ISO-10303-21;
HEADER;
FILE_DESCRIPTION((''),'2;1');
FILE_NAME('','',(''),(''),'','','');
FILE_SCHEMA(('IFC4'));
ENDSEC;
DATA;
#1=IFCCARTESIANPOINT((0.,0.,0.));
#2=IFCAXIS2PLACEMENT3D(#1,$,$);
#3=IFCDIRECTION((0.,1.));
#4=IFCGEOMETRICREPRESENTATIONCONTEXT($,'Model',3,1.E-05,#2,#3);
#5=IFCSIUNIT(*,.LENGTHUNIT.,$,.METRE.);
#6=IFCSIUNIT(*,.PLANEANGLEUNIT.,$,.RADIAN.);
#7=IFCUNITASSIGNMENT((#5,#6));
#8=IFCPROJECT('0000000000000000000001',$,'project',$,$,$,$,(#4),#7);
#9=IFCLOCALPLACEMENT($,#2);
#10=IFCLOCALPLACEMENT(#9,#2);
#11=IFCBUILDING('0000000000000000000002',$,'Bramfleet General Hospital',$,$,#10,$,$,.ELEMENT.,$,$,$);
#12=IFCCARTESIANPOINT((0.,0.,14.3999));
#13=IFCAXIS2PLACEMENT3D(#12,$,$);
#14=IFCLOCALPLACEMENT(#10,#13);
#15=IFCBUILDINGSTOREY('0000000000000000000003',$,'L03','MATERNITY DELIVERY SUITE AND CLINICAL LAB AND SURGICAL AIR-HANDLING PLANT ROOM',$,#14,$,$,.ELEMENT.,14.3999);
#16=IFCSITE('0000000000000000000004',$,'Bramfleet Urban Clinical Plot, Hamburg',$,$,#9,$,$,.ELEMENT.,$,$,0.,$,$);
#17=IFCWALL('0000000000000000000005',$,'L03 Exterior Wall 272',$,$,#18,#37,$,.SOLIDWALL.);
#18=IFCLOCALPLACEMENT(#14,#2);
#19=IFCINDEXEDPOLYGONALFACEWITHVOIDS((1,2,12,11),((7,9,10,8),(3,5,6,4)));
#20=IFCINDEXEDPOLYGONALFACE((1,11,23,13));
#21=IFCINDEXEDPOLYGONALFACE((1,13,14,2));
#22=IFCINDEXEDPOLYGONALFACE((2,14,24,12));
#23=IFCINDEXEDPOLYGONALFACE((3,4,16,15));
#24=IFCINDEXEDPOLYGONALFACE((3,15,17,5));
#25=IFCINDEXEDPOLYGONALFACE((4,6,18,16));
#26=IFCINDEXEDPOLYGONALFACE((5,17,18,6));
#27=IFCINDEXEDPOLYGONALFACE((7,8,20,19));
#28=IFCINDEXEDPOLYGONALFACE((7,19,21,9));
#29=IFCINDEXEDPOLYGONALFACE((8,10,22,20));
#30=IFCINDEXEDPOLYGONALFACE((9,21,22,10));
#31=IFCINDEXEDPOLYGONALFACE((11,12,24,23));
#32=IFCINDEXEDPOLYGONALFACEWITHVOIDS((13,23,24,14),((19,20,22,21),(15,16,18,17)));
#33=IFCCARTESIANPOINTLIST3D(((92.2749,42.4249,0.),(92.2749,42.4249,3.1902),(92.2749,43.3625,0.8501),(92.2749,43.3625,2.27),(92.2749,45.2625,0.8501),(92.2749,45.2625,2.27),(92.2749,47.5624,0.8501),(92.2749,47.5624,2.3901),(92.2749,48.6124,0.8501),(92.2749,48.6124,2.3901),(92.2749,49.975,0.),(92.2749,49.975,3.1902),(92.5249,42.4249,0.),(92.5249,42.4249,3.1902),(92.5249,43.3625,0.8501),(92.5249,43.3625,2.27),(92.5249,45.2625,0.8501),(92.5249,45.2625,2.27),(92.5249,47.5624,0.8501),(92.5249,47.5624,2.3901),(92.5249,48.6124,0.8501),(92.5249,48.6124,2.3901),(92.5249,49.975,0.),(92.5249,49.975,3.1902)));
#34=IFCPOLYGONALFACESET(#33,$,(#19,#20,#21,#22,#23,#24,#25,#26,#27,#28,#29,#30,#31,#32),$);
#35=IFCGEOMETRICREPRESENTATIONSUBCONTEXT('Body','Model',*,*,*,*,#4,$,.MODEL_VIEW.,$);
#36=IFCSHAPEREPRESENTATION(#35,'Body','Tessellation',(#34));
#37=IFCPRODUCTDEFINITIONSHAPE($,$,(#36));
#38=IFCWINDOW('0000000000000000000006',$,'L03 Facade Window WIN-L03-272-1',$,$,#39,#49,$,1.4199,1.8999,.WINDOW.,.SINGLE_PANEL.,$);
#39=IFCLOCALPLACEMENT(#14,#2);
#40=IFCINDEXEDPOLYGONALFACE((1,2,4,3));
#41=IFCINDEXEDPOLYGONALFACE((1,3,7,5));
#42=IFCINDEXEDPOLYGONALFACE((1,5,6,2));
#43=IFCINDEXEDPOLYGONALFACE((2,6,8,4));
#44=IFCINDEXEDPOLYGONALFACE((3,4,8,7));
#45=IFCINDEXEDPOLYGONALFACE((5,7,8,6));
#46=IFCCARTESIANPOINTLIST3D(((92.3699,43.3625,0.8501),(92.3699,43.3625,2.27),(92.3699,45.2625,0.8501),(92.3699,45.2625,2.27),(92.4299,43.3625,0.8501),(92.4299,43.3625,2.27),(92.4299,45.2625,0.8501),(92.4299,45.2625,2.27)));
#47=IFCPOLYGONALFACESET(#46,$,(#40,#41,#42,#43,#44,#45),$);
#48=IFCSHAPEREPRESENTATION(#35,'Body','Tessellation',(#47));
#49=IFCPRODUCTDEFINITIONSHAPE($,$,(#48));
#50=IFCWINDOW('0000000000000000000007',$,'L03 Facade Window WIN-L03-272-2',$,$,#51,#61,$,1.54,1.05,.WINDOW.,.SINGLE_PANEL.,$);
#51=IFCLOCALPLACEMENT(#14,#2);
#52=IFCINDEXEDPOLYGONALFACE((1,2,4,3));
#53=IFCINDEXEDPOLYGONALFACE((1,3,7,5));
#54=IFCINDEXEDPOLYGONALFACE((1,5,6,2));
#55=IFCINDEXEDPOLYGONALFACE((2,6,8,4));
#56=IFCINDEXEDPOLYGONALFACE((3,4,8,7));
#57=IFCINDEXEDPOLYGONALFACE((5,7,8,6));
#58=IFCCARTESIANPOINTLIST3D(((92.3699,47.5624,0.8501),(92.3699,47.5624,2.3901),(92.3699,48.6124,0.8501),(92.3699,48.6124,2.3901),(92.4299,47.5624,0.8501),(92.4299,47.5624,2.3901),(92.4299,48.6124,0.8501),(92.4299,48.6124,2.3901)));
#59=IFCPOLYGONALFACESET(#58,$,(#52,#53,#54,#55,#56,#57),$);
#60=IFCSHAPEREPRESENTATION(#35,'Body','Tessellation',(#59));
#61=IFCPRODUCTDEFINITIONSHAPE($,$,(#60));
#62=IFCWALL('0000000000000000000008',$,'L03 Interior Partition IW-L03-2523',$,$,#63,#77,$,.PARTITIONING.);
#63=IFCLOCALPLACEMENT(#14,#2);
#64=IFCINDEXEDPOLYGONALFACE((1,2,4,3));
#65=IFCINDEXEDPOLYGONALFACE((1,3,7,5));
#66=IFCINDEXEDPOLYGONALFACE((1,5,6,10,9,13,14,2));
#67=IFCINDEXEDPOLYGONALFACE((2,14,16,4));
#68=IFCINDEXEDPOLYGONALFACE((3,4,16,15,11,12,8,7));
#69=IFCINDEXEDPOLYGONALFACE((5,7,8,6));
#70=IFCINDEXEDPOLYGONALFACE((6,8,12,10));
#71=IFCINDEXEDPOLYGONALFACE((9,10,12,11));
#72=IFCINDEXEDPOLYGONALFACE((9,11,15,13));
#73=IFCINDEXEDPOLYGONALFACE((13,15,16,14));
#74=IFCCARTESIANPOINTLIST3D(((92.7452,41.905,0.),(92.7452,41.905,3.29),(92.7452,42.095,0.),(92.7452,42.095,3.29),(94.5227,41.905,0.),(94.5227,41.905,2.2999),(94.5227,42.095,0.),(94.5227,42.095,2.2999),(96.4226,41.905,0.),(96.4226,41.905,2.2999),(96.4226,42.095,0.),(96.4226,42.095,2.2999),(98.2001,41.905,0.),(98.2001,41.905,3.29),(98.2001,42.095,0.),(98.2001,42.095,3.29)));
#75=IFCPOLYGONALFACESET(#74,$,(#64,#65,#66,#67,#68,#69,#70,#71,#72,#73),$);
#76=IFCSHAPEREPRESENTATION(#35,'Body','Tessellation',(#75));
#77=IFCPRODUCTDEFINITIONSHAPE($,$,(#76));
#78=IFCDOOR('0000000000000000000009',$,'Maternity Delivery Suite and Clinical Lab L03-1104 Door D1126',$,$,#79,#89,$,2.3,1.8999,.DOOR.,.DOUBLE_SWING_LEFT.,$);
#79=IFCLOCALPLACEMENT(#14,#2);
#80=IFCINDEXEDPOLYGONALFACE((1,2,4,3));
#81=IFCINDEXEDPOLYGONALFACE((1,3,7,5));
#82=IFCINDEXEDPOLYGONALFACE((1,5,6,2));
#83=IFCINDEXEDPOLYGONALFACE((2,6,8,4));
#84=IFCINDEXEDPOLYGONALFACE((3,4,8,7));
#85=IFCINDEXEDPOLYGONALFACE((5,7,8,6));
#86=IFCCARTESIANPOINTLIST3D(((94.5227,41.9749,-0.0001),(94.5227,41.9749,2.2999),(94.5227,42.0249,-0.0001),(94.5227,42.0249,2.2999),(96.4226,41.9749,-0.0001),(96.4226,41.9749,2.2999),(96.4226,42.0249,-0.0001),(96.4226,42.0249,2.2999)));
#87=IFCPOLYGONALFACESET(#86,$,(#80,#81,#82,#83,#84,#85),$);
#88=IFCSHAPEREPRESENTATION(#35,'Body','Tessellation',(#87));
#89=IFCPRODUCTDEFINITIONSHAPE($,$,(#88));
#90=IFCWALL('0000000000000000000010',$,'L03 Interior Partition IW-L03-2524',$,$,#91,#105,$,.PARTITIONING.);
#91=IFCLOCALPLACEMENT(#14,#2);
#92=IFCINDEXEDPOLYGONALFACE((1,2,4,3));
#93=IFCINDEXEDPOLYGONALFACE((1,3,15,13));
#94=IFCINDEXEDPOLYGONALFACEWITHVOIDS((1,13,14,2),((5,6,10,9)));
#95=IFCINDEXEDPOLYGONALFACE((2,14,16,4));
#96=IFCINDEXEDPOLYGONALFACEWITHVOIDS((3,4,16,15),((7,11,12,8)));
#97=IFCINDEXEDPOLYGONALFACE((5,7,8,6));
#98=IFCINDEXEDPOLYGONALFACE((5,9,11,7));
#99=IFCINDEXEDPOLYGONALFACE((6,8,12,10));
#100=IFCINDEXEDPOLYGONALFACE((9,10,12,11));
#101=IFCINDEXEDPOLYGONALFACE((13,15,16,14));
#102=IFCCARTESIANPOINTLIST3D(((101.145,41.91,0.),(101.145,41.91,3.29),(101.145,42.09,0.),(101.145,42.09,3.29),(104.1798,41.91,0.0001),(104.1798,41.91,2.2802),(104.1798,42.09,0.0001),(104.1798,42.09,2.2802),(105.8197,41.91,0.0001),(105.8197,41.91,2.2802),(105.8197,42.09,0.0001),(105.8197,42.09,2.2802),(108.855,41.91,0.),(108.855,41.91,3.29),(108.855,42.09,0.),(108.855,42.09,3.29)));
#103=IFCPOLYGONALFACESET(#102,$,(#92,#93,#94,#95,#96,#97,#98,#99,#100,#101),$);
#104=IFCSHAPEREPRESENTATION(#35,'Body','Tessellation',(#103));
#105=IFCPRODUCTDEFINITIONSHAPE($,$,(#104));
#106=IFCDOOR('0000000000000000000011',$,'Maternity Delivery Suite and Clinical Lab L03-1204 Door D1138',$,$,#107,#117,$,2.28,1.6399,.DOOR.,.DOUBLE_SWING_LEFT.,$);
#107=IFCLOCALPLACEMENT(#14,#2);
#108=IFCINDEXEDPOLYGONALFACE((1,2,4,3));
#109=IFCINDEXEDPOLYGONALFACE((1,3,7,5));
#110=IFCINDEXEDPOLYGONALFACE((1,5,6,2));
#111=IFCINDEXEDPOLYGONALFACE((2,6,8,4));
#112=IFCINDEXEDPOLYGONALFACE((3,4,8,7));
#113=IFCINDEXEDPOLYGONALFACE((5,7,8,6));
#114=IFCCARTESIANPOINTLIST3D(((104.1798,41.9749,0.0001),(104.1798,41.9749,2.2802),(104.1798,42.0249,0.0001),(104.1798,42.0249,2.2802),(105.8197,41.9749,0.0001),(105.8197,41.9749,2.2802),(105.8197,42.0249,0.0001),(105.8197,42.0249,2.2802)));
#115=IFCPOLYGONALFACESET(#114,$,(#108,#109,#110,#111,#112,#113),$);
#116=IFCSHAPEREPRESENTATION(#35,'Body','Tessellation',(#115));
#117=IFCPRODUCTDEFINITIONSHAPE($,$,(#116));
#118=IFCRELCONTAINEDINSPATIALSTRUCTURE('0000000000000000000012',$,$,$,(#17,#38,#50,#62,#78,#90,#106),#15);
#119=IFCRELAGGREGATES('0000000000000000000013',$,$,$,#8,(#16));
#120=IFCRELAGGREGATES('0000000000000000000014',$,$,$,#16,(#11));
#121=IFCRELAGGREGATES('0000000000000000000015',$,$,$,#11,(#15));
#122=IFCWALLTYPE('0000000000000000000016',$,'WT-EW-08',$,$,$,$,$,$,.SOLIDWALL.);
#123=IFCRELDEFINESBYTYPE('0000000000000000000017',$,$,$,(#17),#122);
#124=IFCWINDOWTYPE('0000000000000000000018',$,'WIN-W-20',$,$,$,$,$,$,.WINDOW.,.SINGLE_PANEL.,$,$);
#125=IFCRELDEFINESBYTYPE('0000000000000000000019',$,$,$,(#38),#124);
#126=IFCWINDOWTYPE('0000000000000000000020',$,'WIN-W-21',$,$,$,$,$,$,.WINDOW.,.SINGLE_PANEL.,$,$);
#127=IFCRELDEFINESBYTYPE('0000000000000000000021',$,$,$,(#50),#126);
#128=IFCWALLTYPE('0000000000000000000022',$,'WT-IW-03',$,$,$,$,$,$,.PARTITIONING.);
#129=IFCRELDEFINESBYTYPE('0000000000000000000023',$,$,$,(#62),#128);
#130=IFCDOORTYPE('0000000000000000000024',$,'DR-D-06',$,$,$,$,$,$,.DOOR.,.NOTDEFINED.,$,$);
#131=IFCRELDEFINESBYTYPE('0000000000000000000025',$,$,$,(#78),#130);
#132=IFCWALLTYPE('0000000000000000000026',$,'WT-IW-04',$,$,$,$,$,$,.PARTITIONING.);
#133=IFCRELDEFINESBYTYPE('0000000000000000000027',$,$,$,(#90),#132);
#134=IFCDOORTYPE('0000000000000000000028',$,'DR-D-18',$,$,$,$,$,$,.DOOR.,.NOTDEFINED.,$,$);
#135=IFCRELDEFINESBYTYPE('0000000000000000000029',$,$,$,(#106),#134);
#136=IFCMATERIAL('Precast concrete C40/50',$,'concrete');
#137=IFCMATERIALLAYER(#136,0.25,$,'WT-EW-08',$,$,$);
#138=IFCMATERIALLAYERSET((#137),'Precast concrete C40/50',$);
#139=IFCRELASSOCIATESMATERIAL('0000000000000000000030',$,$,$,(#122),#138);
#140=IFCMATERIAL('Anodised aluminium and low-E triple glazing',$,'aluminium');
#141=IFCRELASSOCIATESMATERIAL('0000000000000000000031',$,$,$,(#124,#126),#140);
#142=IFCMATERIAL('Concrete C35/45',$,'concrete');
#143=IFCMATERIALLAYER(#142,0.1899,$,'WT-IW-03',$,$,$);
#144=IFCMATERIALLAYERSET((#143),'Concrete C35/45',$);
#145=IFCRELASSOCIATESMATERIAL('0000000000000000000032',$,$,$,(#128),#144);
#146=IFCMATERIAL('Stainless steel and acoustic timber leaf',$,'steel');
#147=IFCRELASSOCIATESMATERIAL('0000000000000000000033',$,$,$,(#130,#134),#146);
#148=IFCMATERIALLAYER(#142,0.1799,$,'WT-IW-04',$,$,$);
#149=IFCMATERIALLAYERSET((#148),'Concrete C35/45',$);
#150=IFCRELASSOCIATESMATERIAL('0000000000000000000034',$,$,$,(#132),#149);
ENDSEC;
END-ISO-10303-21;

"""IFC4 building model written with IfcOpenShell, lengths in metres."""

from ifc_helpers import new_model, si_unit, direction, frame, frame_2d, origin, place, context, subcontext, project, spatial, rectangle, extrude, material, layer, layer_set, type_object, element, fill, save


model = new_model("IFC4")

# Units and contexts
model_context = context("Model", 3, precision=1e-05, world=origin(), true_north=direction((0.0, 1.0)))
body_context = subcontext(model_context, "Body", "Model", "MODEL_VIEW")
ifc_project = project(units=[si_unit("LENGTHUNIT", "METRE"), si_unit("PLANEANGLEUNIT", "RADIAN")], contexts=[model_context])

# Site, building, storey
site_placement = place(None, origin())
site = spatial("IfcSite", under=ifc_project, at=site_placement, Name="Bramfleet Urban Clinical Plot, Hamburg", CompositionType="ELEMENT", RefElevation=0.0)
building_placement = place(site_placement, origin())
building = spatial("IfcBuilding", under=site, at=building_placement, Name="Bramfleet General Hospital", CompositionType="ELEMENT")
storey_placement = place(building_placement, frame((0.0, 0.0, 14.3999)))
storey = spatial("IfcBuildingStorey", under=building, at=storey_placement, Name="L03", Description="MATERNITY DELIVERY SUITE AND CLINICAL LAB AND SURGICAL AIR-HANDLING PLANT ROOM", CompositionType="ELEMENT", Elevation=14.3999)

# Shared definitions
ifc_material_1 = material(Name="Concrete C35/45", Category="concrete")

# Shared definitions
ifc_material_2 = material(Name="Anodised aluminium and low-E triple glazing", Category="aluminium")

# Wall, openings, windows
ifc_material_3 = material(Name="Precast concrete C40/50", Category="concrete")
ifc_layer_1 = layer(ifc_material_3, 0.25, Name="WT-EW-08")
ifc_layer_set_1 = layer_set([ifc_layer_1], Name="Precast concrete C40/50")
wall_type_1 = type_object("IfcWallType", Name="WT-EW-08", PredefinedType="SOLIDWALL", material=ifc_layer_set_1)
wall_1_placement = place(storey_placement, frame((92.3999, 42.425, 0.0), z_axis=(0.0, 0.0, 1.0), x_axis=(0.0, 1.0, 0.0)))
wall_1 = element("IfcWall", 1, at=wall_1_placement, inside=storey, type_object=wall_type_1, Name="L03 Exterior Wall 272", PredefinedType="SOLIDWALL", context=body_context, shape_type="SweptSolid", body=[
    extrude(rectangle(XDim=7.55, YDim=0.25, at=frame_2d((3.7749, 0.0))), origin(), (0.0, 0.0, 1.0), 3.1902),
])
opening_1_placement = place(wall_1_placement, frame((0.9375, 0.0, 0.8501)))
opening_1 = element("IfcOpeningElement", 2, at=opening_1_placement, cuts=wall_1, PredefinedType="OPENING", context=body_context, shape_type="SweptSolid", body=[
    extrude(rectangle(XDim=1.8999, YDim=1.4199, at=frame_2d((0.95, 0.71))), frame((0.0, 0.135, 0.0), z_axis=(0.0, -1.0, 0.0), x_axis=(1.0, 0.0, 0.0)), (0.0, 0.0, 1.0), 0.27),
])
opening_2_placement = place(wall_1_placement, frame((5.1375, 0.0, 0.8501)))
opening_2 = element("IfcOpeningElement", 3, at=opening_2_placement, cuts=wall_1, PredefinedType="OPENING", context=body_context, shape_type="SweptSolid", body=[
    extrude(rectangle(XDim=1.05, YDim=1.54, at=frame_2d((0.5249, 0.77))), frame((0.0, 0.135, 0.0), z_axis=(0.0, -1.0, 0.0), x_axis=(1.0, 0.0, 0.0)), (0.0, 0.0, 1.0), 0.27),
])
window_type_1 = type_object("IfcWindowType", Name="WIN-W-20", PartitioningType="SINGLE_PANEL", PredefinedType="WINDOW", material=ifc_material_2)
window_1_placement = place(opening_1_placement, origin())
window_1 = element("IfcWindow", 4, at=window_1_placement, inside=storey, type_object=window_type_1, Name="L03 Facade Window WIN-L03-272-1", OverallHeight=1.4199, OverallWidth=1.8999, PartitioningType="SINGLE_PANEL", PredefinedType="WINDOW", context=body_context, shape_type="SweptSolid", body=[
    extrude(rectangle(XDim=1.8999, YDim=1.4199, at=frame_2d((0.95, 0.71))), frame((0.0, 0.03, 0.0), z_axis=(0.0, -1.0, 0.0), x_axis=(1.0, 0.0, 0.0)), (0.0, 0.0, 1.0), 0.0601),
])
fill(opening_1, window_1)
window_type_2 = type_object("IfcWindowType", Name="WIN-W-21", PartitioningType="SINGLE_PANEL", PredefinedType="WINDOW", material=ifc_material_2)
window_2_placement = place(opening_2_placement, origin())
window_2 = element("IfcWindow", 5, at=window_2_placement, inside=storey, type_object=window_type_2, Name="L03 Facade Window WIN-L03-272-2", OverallHeight=1.54, OverallWidth=1.05, PartitioningType="SINGLE_PANEL", PredefinedType="WINDOW", context=body_context, shape_type="SweptSolid", body=[
    extrude(rectangle(XDim=1.05, YDim=1.54, at=frame_2d((0.5249, 0.77))), frame((0.0, 0.03, 0.0), z_axis=(0.0, -1.0, 0.0), x_axis=(1.0, 0.0, 0.0)), (0.0, 0.0, 1.0), 0.0601),
])
fill(opening_2, window_2)

# Walls, openings, doors
ifc_layer_2 = layer(ifc_material_1, 0.1899, Name="WT-IW-03")
ifc_layer_set_2 = layer_set([ifc_layer_2], Name="Concrete C35/45")
wall_type_2 = type_object("IfcWallType", Name="WT-IW-03", PredefinedType="PARTITIONING", material=ifc_layer_set_2)
wall_2_placement = place(storey_placement, frame((92.7451, 42.0, 0.0), z_axis=(0.0, 0.0, 1.0), x_axis=(1.0, 0.0, 0.0)))
wall_2 = element("IfcWall", 6, at=wall_2_placement, inside=storey, type_object=wall_type_2, Name="L03 Interior Partition IW-L03-2523", PredefinedType="PARTITIONING", context=body_context, shape_type="SweptSolid", body=[
    extrude(rectangle(XDim=5.4548, YDim=0.1899, at=frame_2d((2.7275, 0.0))), origin(), (0.0, 0.0, 1.0), 3.29),
])
opening_3_placement = place(wall_2_placement, frame((1.7776, 0.0, 0.0)))
opening_3 = element("IfcOpeningElement", 7, at=opening_3_placement, cuts=wall_2, PredefinedType="OPENING", context=body_context, shape_type="SweptSolid", body=[
    extrude(rectangle(XDim=1.8999, YDim=2.3, at=frame_2d((0.95, 1.1499))), frame((0.0, 0.105, 0.0), z_axis=(0.0, -1.0, 0.0), x_axis=(1.0, 0.0, 0.0)), (0.0, 0.0, 1.0), 0.21),
])
ifc_material_4 = material(Name="Stainless steel and acoustic timber leaf", Category="steel")
door_type_1 = type_object("IfcDoorType", Name="DR-D-06", OperationType="NOTDEFINED", PredefinedType="DOOR", material=ifc_material_4)
door_1_placement = place(opening_3_placement, origin())
door_1 = element("IfcDoor", 8, at=door_1_placement, inside=storey, type_object=door_type_1, Name="Maternity Delivery Suite and Clinical Lab L03-1104 Door D1126", OperationType="DOUBLE_SWING_LEFT", OverallHeight=2.3, OverallWidth=1.8999, PredefinedType="DOOR", context=body_context, shape_type="SweptSolid", body=[
    extrude(rectangle(XDim=1.8999, YDim=2.3, at=frame_2d((0.95, 1.1499))), frame((0.0, 0.0249, 0.0), z_axis=(0.0, -1.0, 0.0), x_axis=(1.0, 0.0, 0.0)), (0.0, 0.0, 1.0), 0.05),
])
fill(opening_3, door_1)
ifc_layer_3 = layer(ifc_material_1, 0.1799, Name="WT-IW-04")
ifc_layer_set_3 = layer_set([ifc_layer_3], Name="Concrete C35/45")
wall_type_3 = type_object("IfcWallType", Name="WT-IW-04", PredefinedType="PARTITIONING", material=ifc_layer_set_3)
wall_3_placement = place(storey_placement, frame((101.145, 42.0, 0.0), z_axis=(0.0, 0.0, 1.0), x_axis=(1.0, 0.0, 0.0)))
wall_3 = element("IfcWall", 9, at=wall_3_placement, inside=storey, type_object=wall_type_3, Name="L03 Interior Partition IW-L03-2524", PredefinedType="PARTITIONING", context=body_context, shape_type="SweptSolid", body=[
    extrude(rectangle(XDim=7.71, YDim=0.1799, at=frame_2d((3.855, 0.0))), origin(), (0.0, 0.0, 1.0), 3.29),
])
opening_4_placement = place(wall_3_placement, frame((3.0349, 0.0, 0.0)))
opening_4 = element("IfcOpeningElement", 10, at=opening_4_placement, cuts=wall_3, PredefinedType="OPENING", context=body_context, shape_type="SweptSolid", body=[
    extrude(rectangle(XDim=1.6399, YDim=2.28, at=frame_2d((0.8198, 1.1401))), frame((0.0, 0.0999, 0.0), z_axis=(0.0, -1.0, 0.0), x_axis=(1.0, 0.0, 0.0)), (0.0, 0.0, 1.0), 0.2),
])
door_type_2 = type_object("IfcDoorType", Name="DR-D-18", OperationType="NOTDEFINED", PredefinedType="DOOR", material=ifc_material_4)
door_2_placement = place(opening_4_placement, origin())
door_2 = element("IfcDoor", 11, at=door_2_placement, inside=storey, type_object=door_type_2, Name="Maternity Delivery Suite and Clinical Lab L03-1204 Door D1138", OperationType="DOUBLE_SWING_LEFT", OverallHeight=2.28, OverallWidth=1.6399, PredefinedType="DOOR", context=body_context, shape_type="SweptSolid", body=[
    extrude(rectangle(XDim=1.6399, YDim=2.28, at=frame_2d((0.8198, 1.1401))), frame((0.0, 0.0249, 0.0), z_axis=(0.0, -1.0, 0.0), x_axis=(1.0, 0.0, 0.0)), (0.0, 0.0, 1.0), 0.05),
])
fill(opening_4, door_2)

save(model, "model.ifc")
